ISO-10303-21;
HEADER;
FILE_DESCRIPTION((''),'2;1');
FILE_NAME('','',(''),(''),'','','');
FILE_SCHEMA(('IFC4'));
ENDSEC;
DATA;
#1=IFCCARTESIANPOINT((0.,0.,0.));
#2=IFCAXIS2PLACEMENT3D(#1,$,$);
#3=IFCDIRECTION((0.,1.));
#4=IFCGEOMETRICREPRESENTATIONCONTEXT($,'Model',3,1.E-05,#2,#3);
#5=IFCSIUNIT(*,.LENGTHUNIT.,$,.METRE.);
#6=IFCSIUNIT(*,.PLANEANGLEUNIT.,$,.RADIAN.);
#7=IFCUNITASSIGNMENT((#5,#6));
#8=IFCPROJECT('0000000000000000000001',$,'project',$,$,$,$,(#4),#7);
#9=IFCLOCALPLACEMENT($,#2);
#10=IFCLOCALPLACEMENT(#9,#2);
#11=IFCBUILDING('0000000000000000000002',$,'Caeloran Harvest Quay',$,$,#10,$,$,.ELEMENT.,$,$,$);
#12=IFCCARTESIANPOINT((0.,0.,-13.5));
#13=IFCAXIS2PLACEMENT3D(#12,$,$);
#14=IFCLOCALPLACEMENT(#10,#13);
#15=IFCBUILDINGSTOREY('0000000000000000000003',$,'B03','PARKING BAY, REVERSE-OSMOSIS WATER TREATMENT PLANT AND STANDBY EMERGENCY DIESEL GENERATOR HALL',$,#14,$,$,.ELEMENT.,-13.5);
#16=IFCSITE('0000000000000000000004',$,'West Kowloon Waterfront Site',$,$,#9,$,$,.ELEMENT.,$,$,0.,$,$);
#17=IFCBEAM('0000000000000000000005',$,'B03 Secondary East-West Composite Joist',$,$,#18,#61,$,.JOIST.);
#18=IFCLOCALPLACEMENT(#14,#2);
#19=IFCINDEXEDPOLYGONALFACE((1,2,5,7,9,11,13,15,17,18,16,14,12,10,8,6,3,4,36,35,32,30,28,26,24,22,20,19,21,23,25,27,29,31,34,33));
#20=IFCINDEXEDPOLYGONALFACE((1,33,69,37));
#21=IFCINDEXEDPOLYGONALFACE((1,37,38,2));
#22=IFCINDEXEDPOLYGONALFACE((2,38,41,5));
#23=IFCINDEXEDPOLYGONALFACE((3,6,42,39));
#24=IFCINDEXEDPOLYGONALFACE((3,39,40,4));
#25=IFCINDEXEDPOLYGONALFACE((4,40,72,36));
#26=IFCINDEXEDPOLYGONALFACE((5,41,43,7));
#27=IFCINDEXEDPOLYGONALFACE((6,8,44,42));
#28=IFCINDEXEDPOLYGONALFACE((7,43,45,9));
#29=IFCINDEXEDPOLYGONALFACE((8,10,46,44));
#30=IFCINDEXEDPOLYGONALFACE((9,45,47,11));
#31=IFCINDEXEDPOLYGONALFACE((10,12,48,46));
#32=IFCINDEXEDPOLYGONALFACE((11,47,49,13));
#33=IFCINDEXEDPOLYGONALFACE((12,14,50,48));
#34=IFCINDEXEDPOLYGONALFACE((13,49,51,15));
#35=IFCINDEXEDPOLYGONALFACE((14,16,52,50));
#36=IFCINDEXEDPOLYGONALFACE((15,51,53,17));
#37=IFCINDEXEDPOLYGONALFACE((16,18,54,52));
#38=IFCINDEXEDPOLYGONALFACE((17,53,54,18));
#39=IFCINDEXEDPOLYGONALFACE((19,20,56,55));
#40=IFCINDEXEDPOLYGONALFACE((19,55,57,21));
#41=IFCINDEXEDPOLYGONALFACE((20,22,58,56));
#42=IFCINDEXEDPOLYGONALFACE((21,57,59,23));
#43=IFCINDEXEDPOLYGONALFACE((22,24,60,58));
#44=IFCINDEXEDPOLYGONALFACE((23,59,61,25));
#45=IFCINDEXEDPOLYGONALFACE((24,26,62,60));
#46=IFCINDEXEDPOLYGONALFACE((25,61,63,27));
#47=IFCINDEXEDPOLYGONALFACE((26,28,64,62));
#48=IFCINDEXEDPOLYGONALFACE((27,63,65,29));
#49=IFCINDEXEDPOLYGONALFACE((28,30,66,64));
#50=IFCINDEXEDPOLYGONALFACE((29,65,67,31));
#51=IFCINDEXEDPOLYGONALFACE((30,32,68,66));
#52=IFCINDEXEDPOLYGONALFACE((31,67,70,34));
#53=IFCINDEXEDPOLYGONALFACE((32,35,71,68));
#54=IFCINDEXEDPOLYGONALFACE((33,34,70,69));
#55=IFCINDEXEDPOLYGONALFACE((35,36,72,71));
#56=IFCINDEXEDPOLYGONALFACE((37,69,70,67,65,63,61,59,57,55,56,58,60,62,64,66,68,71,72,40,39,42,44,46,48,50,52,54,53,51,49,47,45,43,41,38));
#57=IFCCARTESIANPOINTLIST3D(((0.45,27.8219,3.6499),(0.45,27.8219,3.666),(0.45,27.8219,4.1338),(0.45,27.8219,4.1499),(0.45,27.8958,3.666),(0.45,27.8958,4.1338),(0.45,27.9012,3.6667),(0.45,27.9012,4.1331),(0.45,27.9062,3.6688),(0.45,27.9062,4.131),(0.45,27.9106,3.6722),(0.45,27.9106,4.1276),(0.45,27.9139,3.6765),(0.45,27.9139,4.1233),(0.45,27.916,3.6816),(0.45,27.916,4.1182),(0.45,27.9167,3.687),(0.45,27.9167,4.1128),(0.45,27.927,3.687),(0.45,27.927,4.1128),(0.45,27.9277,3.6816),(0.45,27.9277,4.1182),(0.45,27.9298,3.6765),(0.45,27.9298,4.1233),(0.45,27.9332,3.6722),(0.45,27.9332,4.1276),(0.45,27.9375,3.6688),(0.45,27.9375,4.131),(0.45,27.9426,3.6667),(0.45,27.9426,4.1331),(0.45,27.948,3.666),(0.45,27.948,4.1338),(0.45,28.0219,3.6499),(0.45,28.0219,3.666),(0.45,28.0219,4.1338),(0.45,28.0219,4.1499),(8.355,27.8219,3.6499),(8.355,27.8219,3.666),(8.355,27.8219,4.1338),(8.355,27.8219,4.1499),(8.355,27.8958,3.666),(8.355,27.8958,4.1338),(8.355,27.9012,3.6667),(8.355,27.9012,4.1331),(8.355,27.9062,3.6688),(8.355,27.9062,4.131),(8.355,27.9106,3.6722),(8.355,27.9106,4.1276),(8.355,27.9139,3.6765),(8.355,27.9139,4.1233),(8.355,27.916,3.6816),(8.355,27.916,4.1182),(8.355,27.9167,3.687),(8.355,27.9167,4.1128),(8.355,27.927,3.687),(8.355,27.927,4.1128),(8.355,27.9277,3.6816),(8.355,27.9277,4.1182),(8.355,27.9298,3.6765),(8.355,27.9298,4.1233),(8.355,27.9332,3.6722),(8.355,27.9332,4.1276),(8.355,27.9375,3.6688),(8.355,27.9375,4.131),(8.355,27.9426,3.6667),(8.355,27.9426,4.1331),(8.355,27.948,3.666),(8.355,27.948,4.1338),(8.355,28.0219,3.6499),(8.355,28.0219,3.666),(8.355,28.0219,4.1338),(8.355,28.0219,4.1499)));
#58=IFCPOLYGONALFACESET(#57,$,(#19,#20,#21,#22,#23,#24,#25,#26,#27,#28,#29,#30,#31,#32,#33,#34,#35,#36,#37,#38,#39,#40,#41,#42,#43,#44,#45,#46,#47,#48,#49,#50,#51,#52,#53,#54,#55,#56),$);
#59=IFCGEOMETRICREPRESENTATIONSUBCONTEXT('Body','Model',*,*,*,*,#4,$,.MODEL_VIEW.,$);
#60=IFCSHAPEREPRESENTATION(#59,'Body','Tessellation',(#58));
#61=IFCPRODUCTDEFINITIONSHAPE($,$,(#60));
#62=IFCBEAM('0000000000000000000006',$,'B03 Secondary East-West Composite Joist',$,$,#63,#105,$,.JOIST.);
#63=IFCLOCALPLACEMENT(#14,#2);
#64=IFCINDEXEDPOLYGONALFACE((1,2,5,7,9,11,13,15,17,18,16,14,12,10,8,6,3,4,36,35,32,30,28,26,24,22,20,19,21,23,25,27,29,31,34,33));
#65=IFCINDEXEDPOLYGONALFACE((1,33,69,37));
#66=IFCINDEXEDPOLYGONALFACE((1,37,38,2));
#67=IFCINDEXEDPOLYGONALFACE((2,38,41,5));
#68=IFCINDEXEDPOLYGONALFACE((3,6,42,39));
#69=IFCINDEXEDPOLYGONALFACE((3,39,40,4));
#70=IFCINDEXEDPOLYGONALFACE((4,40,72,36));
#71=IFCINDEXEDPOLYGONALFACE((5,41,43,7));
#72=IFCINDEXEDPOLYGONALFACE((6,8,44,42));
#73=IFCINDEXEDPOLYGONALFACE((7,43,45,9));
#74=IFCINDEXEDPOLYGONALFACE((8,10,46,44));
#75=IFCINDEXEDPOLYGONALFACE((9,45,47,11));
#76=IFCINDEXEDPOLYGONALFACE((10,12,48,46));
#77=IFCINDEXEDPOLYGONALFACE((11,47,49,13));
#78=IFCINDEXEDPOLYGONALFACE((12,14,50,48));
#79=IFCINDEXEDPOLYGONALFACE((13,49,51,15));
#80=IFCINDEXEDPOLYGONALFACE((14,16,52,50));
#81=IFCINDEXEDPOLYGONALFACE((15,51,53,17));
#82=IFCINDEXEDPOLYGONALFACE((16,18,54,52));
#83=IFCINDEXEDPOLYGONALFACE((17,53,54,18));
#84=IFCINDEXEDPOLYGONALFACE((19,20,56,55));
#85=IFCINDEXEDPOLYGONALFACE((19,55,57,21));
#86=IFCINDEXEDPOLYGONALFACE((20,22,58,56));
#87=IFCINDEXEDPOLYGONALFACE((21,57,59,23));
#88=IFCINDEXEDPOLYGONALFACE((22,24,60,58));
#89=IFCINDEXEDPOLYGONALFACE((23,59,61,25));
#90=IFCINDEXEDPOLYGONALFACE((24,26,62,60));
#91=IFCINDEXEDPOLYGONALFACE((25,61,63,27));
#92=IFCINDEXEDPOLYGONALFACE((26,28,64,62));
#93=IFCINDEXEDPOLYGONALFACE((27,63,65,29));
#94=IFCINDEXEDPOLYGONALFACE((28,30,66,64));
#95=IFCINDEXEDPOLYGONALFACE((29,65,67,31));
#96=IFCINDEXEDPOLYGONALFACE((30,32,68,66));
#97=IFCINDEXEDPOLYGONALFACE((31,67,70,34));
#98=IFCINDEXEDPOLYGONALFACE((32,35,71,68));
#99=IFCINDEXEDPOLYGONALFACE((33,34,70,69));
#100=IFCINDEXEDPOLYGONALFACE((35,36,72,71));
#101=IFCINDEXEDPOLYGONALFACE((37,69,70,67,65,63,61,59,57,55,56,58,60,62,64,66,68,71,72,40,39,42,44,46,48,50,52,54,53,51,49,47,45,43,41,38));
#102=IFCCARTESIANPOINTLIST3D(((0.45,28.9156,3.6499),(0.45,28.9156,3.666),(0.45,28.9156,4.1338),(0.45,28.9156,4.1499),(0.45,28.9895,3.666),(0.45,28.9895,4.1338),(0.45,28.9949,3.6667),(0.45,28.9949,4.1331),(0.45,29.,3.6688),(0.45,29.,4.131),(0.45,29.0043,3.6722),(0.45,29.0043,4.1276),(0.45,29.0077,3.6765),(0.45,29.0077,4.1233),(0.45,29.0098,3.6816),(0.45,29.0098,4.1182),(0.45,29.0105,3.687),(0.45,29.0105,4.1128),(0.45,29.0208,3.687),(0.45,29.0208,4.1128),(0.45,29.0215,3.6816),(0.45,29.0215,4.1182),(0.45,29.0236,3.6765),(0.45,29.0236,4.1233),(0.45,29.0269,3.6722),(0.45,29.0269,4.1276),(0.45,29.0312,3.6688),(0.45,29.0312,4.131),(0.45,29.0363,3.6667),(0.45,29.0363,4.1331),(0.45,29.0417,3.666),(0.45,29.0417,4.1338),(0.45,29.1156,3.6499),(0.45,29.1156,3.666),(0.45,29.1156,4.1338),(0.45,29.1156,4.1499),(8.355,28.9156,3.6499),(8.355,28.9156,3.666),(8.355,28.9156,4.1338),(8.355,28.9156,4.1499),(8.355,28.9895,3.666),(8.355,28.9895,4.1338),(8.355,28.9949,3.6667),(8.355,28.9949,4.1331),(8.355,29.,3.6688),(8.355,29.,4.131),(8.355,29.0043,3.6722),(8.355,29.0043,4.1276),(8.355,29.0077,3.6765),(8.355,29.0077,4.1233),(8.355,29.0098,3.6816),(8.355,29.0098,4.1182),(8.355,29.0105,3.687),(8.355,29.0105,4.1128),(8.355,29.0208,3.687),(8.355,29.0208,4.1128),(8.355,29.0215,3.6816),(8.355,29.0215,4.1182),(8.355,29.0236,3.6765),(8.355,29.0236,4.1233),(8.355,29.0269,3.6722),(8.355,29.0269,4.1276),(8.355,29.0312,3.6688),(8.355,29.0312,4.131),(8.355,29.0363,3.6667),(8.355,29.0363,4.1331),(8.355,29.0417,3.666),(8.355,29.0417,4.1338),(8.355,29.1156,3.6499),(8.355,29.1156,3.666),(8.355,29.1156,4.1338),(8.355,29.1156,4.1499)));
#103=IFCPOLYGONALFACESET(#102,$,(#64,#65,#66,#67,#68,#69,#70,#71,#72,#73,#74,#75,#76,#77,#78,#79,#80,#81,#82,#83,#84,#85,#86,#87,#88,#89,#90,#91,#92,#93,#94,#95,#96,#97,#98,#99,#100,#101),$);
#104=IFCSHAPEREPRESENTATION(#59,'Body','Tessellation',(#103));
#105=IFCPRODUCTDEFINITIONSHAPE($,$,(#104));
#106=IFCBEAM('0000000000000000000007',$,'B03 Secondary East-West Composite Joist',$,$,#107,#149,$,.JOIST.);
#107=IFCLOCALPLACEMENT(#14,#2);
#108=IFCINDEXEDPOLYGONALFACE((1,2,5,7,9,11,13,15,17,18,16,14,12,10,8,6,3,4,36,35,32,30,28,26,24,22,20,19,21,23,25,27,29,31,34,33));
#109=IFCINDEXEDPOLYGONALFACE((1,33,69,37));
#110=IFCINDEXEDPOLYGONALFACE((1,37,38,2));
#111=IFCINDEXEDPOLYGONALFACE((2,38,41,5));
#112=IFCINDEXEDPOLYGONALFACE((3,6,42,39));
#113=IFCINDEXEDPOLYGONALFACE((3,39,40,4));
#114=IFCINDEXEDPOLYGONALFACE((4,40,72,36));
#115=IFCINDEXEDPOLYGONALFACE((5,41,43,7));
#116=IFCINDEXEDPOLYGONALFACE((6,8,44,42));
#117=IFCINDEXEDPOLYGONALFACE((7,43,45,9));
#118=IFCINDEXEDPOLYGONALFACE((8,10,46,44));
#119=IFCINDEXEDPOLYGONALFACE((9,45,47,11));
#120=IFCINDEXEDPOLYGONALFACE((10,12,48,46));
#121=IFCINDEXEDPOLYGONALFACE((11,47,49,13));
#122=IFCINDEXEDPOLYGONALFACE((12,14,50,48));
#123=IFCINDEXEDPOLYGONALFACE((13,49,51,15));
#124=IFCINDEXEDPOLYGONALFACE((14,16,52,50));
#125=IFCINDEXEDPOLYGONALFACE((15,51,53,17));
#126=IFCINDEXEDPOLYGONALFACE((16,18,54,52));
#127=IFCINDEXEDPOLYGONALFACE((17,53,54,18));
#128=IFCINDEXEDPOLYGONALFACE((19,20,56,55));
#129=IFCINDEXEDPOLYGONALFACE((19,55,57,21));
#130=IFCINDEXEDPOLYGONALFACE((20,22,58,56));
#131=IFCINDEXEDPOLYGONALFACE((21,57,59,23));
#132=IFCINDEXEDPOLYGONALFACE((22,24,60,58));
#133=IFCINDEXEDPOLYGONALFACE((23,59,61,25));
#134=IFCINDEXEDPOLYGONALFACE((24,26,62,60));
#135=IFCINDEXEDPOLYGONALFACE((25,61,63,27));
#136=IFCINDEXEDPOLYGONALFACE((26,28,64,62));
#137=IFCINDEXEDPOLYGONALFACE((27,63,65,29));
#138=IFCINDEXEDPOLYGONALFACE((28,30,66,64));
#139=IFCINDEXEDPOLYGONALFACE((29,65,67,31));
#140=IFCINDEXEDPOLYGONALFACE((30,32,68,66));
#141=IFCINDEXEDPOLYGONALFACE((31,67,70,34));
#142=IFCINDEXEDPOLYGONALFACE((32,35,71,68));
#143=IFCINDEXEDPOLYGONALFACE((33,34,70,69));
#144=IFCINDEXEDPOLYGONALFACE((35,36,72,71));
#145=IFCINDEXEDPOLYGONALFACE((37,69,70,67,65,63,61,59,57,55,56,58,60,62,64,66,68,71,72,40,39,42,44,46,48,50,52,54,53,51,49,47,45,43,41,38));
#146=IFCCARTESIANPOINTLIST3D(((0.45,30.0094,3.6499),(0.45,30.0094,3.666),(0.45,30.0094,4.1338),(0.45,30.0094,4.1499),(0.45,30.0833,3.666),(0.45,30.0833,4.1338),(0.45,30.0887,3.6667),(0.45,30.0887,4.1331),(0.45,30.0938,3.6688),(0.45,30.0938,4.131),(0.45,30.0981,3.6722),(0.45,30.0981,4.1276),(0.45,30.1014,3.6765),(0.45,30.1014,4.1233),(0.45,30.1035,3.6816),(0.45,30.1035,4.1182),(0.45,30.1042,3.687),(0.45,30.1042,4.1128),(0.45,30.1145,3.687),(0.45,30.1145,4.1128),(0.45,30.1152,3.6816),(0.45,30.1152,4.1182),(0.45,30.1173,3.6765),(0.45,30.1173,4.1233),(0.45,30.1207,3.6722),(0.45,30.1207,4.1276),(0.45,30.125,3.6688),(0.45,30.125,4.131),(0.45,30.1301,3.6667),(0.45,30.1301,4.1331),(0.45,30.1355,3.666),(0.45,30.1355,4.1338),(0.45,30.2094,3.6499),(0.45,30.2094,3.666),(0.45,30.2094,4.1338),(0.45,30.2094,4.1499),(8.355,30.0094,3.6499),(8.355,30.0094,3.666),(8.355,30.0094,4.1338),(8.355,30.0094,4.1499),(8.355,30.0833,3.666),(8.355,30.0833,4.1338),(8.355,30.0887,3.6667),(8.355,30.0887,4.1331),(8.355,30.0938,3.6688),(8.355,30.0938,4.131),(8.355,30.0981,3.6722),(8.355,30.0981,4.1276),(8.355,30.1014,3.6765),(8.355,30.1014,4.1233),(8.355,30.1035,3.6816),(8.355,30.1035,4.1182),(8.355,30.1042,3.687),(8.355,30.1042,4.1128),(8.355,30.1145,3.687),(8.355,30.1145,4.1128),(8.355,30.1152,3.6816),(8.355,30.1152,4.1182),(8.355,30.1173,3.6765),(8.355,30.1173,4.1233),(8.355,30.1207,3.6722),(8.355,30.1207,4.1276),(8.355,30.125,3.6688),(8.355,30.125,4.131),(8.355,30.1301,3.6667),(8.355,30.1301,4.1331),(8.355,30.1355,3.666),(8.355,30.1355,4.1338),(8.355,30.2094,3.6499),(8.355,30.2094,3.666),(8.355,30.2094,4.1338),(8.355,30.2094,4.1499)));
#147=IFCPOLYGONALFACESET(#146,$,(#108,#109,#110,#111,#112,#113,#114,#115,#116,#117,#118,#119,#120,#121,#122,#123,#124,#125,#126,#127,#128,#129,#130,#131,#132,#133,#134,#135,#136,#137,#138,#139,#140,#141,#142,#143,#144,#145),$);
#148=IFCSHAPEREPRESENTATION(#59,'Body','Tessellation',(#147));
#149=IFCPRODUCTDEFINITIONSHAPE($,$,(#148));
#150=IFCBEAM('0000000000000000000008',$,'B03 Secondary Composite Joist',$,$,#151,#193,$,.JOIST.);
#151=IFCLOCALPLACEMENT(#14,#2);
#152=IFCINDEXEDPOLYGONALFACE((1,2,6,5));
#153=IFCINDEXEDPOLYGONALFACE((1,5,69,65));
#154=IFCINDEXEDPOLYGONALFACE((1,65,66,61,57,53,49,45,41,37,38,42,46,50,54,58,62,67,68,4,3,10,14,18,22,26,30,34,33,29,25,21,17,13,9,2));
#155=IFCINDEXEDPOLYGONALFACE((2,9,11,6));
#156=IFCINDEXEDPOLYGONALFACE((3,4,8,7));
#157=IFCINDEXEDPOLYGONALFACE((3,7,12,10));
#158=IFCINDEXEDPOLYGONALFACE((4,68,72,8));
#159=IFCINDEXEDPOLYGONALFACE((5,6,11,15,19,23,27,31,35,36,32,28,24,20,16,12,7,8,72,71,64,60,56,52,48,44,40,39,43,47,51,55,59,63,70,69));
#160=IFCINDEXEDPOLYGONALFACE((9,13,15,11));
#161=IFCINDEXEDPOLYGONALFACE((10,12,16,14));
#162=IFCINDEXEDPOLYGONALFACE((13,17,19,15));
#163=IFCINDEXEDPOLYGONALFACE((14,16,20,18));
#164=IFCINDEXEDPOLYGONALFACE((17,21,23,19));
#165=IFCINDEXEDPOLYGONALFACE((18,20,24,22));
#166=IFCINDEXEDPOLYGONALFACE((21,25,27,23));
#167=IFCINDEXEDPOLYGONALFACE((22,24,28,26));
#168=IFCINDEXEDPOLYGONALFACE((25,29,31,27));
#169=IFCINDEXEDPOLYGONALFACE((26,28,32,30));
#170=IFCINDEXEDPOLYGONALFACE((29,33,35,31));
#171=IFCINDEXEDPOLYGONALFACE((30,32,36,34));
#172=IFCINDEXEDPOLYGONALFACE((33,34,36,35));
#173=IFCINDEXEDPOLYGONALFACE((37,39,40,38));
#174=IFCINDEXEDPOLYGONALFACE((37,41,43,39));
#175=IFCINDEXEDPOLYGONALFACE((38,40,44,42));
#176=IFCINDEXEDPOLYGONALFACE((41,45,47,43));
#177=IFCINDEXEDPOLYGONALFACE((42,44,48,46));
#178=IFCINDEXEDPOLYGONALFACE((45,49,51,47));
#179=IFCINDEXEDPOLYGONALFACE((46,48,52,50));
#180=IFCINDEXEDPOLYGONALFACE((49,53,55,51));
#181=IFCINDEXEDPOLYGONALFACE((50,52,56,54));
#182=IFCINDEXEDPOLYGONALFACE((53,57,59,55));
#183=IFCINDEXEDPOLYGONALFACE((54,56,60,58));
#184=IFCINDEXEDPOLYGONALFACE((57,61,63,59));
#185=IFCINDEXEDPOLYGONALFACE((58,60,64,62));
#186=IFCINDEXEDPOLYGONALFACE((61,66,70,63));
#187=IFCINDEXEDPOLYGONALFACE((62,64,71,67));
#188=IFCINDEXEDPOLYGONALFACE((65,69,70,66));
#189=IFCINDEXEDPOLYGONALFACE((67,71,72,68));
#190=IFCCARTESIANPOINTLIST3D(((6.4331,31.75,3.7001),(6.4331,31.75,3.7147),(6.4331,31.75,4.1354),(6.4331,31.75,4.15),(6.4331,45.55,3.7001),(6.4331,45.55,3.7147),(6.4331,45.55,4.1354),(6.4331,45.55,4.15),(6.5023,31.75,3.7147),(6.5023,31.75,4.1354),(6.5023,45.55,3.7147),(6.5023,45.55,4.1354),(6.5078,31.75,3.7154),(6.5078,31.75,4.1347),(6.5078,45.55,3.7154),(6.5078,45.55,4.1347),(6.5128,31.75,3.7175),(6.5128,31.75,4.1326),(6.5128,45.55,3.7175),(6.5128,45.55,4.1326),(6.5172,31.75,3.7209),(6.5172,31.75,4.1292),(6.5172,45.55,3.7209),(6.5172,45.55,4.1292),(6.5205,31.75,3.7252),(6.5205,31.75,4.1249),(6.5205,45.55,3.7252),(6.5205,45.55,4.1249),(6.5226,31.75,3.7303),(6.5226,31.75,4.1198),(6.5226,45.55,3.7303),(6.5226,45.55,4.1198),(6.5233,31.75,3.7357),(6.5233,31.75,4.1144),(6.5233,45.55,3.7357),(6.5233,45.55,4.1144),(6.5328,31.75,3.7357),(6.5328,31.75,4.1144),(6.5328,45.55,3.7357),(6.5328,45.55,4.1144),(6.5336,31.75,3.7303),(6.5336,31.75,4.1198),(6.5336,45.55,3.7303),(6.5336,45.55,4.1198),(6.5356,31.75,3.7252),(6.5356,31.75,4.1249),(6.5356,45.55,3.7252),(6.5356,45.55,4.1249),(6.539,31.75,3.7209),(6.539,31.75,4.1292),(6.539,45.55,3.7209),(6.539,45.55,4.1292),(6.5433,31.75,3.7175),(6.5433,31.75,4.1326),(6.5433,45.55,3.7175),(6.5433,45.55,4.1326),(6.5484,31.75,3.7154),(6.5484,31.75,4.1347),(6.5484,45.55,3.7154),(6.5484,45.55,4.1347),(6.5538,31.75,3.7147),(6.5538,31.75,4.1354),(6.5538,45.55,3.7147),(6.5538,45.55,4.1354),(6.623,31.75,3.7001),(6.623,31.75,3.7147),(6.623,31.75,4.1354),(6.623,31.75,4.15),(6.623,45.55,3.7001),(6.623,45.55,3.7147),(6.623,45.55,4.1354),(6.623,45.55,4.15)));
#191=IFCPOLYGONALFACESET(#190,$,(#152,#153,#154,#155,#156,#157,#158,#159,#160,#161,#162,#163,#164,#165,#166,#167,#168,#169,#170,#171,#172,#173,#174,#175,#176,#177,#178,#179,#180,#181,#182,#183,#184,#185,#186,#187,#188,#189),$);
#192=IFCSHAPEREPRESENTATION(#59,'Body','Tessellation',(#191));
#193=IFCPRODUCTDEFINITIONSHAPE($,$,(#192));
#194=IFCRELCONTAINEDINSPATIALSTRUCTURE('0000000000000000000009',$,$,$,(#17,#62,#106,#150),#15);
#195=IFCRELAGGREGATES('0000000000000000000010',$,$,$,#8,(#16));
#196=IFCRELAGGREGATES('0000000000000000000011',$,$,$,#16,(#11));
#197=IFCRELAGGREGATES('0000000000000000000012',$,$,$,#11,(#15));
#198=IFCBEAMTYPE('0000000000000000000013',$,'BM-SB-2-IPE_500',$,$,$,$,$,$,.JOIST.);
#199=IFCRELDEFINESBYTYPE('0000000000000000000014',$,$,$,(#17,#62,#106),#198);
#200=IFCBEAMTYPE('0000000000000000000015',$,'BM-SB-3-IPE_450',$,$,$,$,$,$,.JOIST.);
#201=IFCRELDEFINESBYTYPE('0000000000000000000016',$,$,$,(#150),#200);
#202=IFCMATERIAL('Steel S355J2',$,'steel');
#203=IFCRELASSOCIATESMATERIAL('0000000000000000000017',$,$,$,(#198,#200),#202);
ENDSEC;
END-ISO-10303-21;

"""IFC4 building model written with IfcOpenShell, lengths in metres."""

from ifc_helpers import new_model, si_unit, direction, frame, origin, origin_2d, place, context, subcontext, project, spatial, i_section, extrude, material, material_profile, profile_set, type_object, element, save


model = new_model("IFC4")

# Units and contexts
model_context = context("Model", 3, precision=1e-05, world=origin(), true_north=direction((0.0, 1.0)))
body_context = subcontext(model_context, "Body", "Model", "MODEL_VIEW")
ifc_project = project(units=[si_unit("LENGTHUNIT", "METRE"), si_unit("PLANEANGLEUNIT", "RADIAN")], contexts=[model_context])

# Site, building, storey
site_placement = place(None, origin())
site = spatial("IfcSite", under=ifc_project, at=site_placement, Name="West Kowloon Waterfront Site", CompositionType="ELEMENT", RefElevation=0.0)
building_placement = place(site_placement, origin())
building = spatial("IfcBuilding", under=site, at=building_placement, Name="Caeloran Harvest Quay", CompositionType="ELEMENT")
storey_placement = place(building_placement, frame((0.0, 0.0, -13.5)))
storey = spatial("IfcBuildingStorey", under=building, at=storey_placement, Name="B03", Description="PARKING BAY, REVERSE-OSMOSIS WATER TREATMENT PLANT AND STANDBY EMERGENCY DIESEL GENERATOR HALL", CompositionType="ELEMENT", Elevation=-13.5)

# Beams
ifc_material_1 = material(Name="Steel S355J2", Category="steel")
ifc_material_profile_1 = material_profile(ifc_material_1, i_section(OverallWidth=0.2, OverallDepth=0.5, WebThickness=0.0103, FlangeThickness=0.0161, FilletRadius=0.021, at=origin_2d()), Name="IPE 500")
ifc_profile_set_1 = profile_set([ifc_material_profile_1], Name="Steel S355J2")
beam_type_1 = type_object("IfcBeamType", Name="BM-SB-2-IPE_500", PredefinedType="JOIST", material=ifc_profile_set_1)
for number, where, z_axis, x_axis, name in (
    (1, (0.45, 27.9219, 3.8999), (1.0, 0.0, 0.0), (0.0, 1.0, 0.0), "B03 Secondary East-West Composite Joist"),
    (2, (0.45, 29.0156, 3.8999), (1.0, 0.0, 0.0), (0.0, 1.0, 0.0), "B03 Secondary East-West Composite Joist"),
    (3, (0.45, 30.1094, 3.8999), (1.0, 0.0, 0.0), (0.0, 1.0, 0.0), "B03 Secondary East-West Composite Joist"),
):
    element("IfcBeam", number, at=place(storey_placement, frame(where, z_axis=z_axis, x_axis=x_axis)), inside=storey, type_object=beam_type_1, Name=name, PredefinedType="JOIST", context=body_context, shape_type="SweptSolid", body=[
        extrude(i_section(OverallWidth=0.2, OverallDepth=0.5, WebThickness=0.0103, FlangeThickness=0.0161, FilletRadius=0.021, at=origin_2d()), origin(), (0.0, 0.0, 1.0), 7.905),
    ])
ifc_material_profile_2 = material_profile(ifc_material_1, i_section(OverallWidth=0.1899, OverallDepth=0.45, WebThickness=0.0095, FlangeThickness=0.0146, FilletRadius=0.021, at=origin_2d()), Name="IPE 450")
ifc_profile_set_2 = profile_set([ifc_material_profile_2], Name="Steel S355J2")
beam_type_2 = type_object("IfcBeamType", Name="BM-SB-3-IPE_450", PredefinedType="JOIST", material=ifc_profile_set_2)
for number, where, z_axis, x_axis, name in (
    (4, (6.5281, 31.75, 3.925), (0.0, 1.0, 0.0), (-1.0, 0.0, 0.0), "B03 Secondary Composite Joist"),
):
    element("IfcBeam", number, at=place(storey_placement, frame(where, z_axis=z_axis, x_axis=x_axis)), inside=storey, type_object=beam_type_2, Name=name, PredefinedType="JOIST", context=body_context, shape_type="SweptSolid", body=[
        extrude(i_section(OverallWidth=0.1899, OverallDepth=0.45, WebThickness=0.0095, FlangeThickness=0.0146, FilletRadius=0.021, at=origin_2d()), origin(), (0.0, 0.0, 1.0), 13.8),
    ])

save(model, "model.ifc")
